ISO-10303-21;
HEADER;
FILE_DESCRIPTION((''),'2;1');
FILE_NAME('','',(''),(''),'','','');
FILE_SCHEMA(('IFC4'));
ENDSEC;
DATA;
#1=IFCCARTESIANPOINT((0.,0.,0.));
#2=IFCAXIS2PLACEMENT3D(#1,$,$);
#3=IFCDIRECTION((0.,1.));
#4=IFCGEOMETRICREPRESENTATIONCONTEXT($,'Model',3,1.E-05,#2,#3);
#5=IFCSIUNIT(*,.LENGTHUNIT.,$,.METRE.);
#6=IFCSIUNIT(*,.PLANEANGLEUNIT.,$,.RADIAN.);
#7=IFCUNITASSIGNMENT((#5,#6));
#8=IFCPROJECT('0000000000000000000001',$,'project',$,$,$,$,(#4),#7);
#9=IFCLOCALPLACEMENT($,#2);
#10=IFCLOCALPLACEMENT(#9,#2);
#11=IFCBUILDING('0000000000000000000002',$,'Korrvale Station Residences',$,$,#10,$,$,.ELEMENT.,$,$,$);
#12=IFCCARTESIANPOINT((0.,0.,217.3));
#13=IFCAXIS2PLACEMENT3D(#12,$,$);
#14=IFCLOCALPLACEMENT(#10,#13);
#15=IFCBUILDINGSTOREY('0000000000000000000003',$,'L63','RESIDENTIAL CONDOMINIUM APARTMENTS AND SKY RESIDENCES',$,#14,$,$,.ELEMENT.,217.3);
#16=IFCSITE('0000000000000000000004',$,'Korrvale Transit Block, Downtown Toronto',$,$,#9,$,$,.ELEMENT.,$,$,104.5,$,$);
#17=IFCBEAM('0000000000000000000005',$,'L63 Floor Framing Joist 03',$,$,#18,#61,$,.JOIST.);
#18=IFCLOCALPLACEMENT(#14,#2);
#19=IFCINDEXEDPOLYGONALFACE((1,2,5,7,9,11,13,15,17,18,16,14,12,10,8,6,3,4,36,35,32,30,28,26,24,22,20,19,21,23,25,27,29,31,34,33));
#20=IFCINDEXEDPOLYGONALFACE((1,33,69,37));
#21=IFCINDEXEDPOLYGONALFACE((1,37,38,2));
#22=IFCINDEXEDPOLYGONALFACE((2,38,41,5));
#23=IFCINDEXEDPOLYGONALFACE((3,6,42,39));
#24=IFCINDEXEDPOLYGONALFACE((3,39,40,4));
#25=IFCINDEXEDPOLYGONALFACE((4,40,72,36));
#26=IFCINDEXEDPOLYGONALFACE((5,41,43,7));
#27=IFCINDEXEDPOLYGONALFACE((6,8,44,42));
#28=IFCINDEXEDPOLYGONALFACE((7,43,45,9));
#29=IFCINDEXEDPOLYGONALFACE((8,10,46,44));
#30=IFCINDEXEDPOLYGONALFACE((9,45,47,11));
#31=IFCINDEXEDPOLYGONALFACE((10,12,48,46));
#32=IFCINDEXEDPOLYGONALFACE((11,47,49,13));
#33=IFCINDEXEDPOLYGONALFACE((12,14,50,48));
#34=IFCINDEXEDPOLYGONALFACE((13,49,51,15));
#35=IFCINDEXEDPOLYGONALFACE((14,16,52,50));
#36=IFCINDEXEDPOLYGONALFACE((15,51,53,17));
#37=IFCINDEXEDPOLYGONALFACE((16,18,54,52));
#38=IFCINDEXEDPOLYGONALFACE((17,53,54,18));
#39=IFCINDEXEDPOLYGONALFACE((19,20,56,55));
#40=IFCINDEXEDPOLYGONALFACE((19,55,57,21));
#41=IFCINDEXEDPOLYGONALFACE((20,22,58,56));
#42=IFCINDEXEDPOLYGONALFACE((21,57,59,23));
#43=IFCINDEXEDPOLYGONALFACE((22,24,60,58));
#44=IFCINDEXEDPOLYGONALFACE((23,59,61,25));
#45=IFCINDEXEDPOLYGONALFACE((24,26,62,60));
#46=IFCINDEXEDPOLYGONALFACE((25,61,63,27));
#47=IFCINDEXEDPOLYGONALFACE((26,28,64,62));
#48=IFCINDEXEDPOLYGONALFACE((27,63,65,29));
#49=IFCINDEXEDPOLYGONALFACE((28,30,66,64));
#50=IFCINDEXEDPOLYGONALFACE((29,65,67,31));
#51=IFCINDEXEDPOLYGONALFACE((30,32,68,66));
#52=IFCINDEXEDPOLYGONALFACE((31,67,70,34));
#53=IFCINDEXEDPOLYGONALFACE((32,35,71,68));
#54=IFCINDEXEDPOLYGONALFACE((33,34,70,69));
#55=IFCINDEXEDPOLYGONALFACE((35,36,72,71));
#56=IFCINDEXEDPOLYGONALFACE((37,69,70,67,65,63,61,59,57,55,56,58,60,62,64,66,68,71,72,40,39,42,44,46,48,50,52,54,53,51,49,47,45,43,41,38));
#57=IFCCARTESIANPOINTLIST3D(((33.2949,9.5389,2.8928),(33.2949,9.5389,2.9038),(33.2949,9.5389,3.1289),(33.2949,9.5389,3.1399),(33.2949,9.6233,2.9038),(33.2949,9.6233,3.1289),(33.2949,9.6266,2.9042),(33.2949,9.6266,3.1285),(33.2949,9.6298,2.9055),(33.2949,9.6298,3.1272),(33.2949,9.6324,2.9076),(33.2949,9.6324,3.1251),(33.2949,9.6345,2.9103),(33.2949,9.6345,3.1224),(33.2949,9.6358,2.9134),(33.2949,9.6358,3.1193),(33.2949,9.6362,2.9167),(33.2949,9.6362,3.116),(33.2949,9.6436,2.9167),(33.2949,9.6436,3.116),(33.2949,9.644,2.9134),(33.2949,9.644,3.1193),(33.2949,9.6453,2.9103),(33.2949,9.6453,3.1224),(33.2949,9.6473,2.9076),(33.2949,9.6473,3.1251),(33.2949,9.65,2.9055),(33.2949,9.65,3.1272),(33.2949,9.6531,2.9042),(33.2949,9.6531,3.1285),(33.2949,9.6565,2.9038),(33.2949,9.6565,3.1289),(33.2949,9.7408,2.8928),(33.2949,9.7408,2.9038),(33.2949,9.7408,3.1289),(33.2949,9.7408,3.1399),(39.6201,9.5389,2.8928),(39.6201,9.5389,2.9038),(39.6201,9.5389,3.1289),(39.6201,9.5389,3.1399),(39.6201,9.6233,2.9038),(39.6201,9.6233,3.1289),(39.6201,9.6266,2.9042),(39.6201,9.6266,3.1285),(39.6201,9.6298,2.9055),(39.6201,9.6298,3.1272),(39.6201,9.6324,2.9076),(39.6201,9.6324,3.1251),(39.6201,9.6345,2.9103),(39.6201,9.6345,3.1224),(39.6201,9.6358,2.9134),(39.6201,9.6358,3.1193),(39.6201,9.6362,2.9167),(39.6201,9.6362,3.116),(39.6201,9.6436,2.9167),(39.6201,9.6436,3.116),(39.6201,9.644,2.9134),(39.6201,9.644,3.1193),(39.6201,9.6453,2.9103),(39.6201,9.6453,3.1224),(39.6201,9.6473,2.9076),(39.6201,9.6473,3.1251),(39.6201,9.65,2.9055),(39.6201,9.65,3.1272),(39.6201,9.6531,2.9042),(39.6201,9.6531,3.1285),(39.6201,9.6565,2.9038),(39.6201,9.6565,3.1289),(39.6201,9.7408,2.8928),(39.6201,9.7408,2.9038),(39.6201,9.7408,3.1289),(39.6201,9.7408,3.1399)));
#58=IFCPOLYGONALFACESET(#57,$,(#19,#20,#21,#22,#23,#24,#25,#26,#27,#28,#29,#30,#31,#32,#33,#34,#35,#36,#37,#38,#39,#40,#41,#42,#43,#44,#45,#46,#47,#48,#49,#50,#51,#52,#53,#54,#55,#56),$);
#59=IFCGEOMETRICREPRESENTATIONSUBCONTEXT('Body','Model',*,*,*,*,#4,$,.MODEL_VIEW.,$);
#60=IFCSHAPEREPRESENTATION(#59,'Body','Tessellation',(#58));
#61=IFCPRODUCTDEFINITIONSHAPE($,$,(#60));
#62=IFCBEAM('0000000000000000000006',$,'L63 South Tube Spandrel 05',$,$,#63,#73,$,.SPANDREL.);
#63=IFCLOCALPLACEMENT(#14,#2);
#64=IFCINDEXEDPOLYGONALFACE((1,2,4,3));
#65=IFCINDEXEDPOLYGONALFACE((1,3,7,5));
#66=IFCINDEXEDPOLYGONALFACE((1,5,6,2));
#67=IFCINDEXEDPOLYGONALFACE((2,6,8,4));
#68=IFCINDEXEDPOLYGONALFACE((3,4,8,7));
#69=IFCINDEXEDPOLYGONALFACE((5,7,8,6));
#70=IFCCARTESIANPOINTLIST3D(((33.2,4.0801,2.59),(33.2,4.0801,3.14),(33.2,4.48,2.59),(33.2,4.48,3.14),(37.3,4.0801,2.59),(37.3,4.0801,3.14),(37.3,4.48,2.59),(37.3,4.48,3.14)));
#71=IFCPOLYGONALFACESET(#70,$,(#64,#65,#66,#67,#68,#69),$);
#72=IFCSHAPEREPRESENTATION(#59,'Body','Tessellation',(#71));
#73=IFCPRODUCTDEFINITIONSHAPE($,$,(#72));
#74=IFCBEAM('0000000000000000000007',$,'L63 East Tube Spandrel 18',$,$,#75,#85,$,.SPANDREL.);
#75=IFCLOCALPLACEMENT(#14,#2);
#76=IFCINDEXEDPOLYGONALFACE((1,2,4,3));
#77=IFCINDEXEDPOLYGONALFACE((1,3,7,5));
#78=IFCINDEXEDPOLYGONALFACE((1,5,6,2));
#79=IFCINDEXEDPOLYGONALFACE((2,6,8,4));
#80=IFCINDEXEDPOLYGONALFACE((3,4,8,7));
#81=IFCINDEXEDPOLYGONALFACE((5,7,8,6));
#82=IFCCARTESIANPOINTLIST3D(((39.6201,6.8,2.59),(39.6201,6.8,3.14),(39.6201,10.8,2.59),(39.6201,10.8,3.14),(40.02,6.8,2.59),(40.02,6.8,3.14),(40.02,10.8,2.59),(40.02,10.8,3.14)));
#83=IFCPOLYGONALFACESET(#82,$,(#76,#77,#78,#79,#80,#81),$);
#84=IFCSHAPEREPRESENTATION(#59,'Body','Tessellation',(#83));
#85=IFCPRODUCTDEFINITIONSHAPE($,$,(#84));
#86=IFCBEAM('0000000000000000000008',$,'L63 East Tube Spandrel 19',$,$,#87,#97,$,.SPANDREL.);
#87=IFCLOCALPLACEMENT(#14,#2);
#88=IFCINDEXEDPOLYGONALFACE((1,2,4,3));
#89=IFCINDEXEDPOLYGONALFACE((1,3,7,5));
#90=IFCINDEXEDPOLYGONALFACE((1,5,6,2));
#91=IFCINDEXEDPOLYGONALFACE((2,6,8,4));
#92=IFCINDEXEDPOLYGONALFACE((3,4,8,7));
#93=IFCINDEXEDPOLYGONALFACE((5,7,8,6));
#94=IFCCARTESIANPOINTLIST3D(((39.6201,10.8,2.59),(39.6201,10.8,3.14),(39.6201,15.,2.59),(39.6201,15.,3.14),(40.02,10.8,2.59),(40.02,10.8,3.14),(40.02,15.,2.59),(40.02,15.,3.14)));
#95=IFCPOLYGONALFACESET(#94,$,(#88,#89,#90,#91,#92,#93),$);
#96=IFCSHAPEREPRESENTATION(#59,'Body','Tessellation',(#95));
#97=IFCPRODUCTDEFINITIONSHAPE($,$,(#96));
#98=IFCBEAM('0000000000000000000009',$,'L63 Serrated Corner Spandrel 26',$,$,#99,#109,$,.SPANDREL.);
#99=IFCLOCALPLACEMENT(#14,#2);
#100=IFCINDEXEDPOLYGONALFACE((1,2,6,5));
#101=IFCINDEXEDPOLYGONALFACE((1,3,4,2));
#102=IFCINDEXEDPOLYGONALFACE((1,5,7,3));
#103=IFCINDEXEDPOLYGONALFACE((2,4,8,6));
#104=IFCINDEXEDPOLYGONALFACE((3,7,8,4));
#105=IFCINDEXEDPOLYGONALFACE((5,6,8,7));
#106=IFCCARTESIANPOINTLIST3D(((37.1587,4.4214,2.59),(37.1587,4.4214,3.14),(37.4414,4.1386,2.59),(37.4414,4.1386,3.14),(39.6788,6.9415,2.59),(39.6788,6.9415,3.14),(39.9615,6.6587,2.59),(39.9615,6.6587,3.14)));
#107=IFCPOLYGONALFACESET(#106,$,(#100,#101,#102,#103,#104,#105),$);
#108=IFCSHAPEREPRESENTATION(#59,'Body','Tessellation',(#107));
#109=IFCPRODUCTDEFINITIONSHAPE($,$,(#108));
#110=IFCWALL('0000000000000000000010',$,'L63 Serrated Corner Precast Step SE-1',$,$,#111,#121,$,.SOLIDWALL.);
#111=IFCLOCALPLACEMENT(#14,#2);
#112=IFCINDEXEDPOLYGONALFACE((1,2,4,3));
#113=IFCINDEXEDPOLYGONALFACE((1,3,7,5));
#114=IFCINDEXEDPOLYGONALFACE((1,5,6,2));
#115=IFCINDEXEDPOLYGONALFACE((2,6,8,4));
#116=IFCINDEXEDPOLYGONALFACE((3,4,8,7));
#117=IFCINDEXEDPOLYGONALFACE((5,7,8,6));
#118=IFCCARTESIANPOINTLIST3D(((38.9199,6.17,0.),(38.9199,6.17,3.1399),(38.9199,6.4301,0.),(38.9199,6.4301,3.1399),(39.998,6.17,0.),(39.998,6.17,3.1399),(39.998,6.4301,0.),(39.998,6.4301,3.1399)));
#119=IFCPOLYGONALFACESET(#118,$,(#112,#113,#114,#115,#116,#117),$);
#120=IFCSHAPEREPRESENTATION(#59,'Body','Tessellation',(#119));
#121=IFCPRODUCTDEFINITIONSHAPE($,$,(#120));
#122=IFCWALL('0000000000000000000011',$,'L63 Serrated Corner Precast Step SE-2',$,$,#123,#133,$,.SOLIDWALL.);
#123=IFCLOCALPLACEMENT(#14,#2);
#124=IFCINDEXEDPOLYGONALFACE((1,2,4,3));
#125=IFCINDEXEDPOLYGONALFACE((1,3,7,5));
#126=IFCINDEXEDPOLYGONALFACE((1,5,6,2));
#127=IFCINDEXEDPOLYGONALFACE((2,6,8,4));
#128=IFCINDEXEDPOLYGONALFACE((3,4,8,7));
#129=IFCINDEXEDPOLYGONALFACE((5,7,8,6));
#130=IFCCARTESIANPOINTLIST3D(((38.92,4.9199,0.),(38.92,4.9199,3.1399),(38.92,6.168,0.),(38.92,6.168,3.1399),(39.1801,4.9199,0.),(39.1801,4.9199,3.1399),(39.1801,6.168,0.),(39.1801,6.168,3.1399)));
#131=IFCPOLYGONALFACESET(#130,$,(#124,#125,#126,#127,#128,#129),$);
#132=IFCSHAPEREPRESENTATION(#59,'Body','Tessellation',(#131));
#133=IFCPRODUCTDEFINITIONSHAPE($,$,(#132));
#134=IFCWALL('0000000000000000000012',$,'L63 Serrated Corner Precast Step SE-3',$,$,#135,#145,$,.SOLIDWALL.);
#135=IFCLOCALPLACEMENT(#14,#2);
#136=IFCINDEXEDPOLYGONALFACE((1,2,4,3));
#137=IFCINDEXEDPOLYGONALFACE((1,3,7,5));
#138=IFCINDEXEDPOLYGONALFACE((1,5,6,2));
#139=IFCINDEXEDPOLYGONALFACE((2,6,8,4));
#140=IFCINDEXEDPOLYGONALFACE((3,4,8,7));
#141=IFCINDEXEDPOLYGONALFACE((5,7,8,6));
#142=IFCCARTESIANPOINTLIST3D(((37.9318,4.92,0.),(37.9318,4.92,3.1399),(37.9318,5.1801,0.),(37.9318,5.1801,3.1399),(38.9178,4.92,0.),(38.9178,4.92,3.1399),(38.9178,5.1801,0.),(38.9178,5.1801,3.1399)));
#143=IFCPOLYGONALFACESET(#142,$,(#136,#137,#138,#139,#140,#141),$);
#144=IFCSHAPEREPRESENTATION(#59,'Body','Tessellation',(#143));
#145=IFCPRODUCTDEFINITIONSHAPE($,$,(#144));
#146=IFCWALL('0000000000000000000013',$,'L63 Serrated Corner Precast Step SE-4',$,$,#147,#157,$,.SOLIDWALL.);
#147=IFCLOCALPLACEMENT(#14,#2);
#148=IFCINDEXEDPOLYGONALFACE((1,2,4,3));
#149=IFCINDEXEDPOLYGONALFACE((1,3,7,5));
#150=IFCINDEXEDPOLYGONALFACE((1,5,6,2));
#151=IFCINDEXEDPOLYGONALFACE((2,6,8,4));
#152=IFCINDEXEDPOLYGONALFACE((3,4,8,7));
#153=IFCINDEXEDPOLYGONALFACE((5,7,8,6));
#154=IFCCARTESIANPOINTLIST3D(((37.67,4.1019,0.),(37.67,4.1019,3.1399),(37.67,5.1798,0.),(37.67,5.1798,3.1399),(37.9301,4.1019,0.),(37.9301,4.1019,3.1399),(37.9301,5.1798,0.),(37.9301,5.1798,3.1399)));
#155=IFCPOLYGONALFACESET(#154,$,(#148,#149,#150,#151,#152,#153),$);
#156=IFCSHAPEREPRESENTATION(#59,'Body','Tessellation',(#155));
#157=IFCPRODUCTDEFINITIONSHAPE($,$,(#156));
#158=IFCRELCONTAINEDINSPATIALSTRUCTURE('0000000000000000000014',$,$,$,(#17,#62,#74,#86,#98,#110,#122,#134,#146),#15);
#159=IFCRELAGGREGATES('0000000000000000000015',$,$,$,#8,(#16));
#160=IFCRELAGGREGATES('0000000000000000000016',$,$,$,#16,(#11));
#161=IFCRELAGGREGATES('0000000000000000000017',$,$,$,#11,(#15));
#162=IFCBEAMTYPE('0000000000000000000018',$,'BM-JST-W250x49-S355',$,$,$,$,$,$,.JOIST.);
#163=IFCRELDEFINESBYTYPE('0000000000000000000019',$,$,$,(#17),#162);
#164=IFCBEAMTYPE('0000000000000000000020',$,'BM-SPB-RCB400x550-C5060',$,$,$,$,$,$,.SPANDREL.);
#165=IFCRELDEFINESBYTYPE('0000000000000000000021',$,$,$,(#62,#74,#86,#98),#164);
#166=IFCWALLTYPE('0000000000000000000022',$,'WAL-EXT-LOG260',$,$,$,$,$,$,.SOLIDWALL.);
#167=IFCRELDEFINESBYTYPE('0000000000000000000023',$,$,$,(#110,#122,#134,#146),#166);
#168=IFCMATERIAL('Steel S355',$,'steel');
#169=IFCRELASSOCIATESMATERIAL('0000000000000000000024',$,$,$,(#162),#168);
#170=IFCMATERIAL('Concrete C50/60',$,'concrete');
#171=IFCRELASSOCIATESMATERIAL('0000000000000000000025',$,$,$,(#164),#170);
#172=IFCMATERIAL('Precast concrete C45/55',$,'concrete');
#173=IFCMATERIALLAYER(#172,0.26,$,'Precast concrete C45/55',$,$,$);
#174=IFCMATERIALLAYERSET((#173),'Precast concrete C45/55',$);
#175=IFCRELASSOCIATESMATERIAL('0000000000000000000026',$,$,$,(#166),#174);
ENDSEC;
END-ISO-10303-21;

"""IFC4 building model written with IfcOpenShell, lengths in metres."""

from ifc_helpers import new_model, si_unit, direction, frame, frame_2d, origin, origin_2d, place, context, subcontext, project, spatial, rectangle, i_section, extrude, material, layer, layer_set, material_profile, profile_set, type_object, element, save


model = new_model("IFC4")

# Units and contexts
model_context = context("Model", 3, precision=1e-05, world=origin(), true_north=direction((0.0, 1.0)))
body_context = subcontext(model_context, "Body", "Model", "MODEL_VIEW")
ifc_project = project(units=[si_unit("LENGTHUNIT", "METRE"), si_unit("PLANEANGLEUNIT", "RADIAN")], contexts=[model_context])

# Site, building, storey
site_placement = place(None, origin())
site = spatial("IfcSite", under=ifc_project, at=site_placement, Name="Korrvale Transit Block, Downtown Toronto", CompositionType="ELEMENT", RefElevation=104.5)
building_placement = place(site_placement, origin())
building = spatial("IfcBuilding", under=site, at=building_placement, Name="Korrvale Station Residences", CompositionType="ELEMENT")
storey_placement = place(building_placement, frame((0.0, 0.0, 217.3)))
storey = spatial("IfcBuildingStorey", under=building, at=storey_placement, Name="L63", Description="RESIDENTIAL CONDOMINIUM APARTMENTS AND SKY RESIDENCES", CompositionType="ELEMENT", Elevation=217.3)

# Shared definitions
ifc_material_1 = material(Name="Concrete C50/60", Category="concrete")

# Beams
ifc_material_2 = material(Name="Steel S355", Category="steel")
ifc_material_profile_1 = material_profile(ifc_material_2, i_section(OverallWidth=0.2019, OverallDepth=0.2471, WebThickness=0.0073, FlangeThickness=0.011, FilletRadius=0.0129, at=origin_2d()), Name="W250x49")
ifc_profile_set_1 = profile_set([ifc_material_profile_1], Name="Steel S355")
beam_type_1 = type_object("IfcBeamType", Name="BM-JST-W250x49-S355", PredefinedType="JOIST", material=ifc_profile_set_1)
beam_1_placement = place(storey_placement, frame((33.2949, 9.6399, 3.0164), z_axis=(1.0, 0.0, 0.0), x_axis=(0.0, 1.0, 0.0)))
element("IfcBeam", 1, at=beam_1_placement, inside=storey, type_object=beam_type_1, Name="L63 Floor Framing Joist 03", PredefinedType="JOIST", context=body_context, shape_type="SweptSolid", body=[
    extrude(i_section(OverallWidth=0.2019, OverallDepth=0.2471, WebThickness=0.0073, FlangeThickness=0.011, FilletRadius=0.0129, at=origin_2d()), origin(), (0.0, 0.0, 1.0), 6.3252),
])
ifc_material_profile_2 = material_profile(ifc_material_1, rectangle(XDim=0.3999, YDim=0.55, at=origin_2d()), Name="RCB400x550")
ifc_profile_set_2 = profile_set([ifc_material_profile_2], Name="Concrete C50/60")
beam_type_2 = type_object("IfcBeamType", Name="BM-SPB-RCB400x550-C5060", PredefinedType="SPANDREL", material=ifc_profile_set_2)
beam_2_placement = place(storey_placement, frame((33.2, 4.28, 2.865), z_axis=(1.0, 0.0, 0.0), x_axis=(0.0, 1.0, 0.0)))
element("IfcBeam", 2, at=beam_2_placement, inside=storey, type_object=beam_type_2, Name="L63 South Tube Spandrel 05", PredefinedType="SPANDREL", context=body_context, shape_type="SweptSolid", body=[
    extrude(rectangle(XDim=0.3999, YDim=0.55, at=origin_2d()), origin(), (0.0, 0.0, 1.0), 4.1001),
])
beam_3_placement = place(storey_placement, frame((39.8201, 6.8, 2.865), z_axis=(0.0, 1.0, 0.0), x_axis=(-1.0, 0.0, 0.0)))
element("IfcBeam", 3, at=beam_3_placement, inside=storey, type_object=beam_type_2, Name="L63 East Tube Spandrel 18", PredefinedType="SPANDREL", context=body_context, shape_type="SweptSolid", body=[
    extrude(rectangle(XDim=0.3999, YDim=0.55, at=origin_2d()), origin(), (0.0, 0.0, 1.0), 4.0),
])
beam_4_placement = place(storey_placement, frame((39.8201, 10.8, 2.865), z_axis=(0.0, 1.0, 0.0), x_axis=(-1.0, 0.0, 0.0)))
element("IfcBeam", 4, at=beam_4_placement, inside=storey, type_object=beam_type_2, Name="L63 East Tube Spandrel 19", PredefinedType="SPANDREL", context=body_context, shape_type="SweptSolid", body=[
    extrude(rectangle(XDim=0.3999, YDim=0.55, at=origin_2d()), origin(), (0.0, 0.0, 1.0), 4.2),
])
beam_5_placement = place(storey_placement, frame((37.3, 4.28, 2.865), z_axis=(0.707107, 0.707107, 0.0), x_axis=(-0.707107, 0.707107, 0.0)))
element("IfcBeam", 5, at=beam_5_placement, inside=storey, type_object=beam_type_2, Name="L63 Serrated Corner Spandrel 26", PredefinedType="SPANDREL", context=body_context, shape_type="SweptSolid", body=[
    extrude(rectangle(XDim=0.3999, YDim=0.55, at=origin_2d()), origin(), (0.0, 0.0, 1.0), 3.564),
])

# Walls
ifc_material_3 = material(Name="Precast concrete C45/55", Category="concrete")
ifc_layer_1 = layer(ifc_material_3, 0.26, Name="Precast concrete C45/55")
ifc_layer_set_1 = layer_set([ifc_layer_1], Name="Precast concrete C45/55")
wall_type_1 = type_object("IfcWallType", Name="WAL-EXT-LOG260", PredefinedType="SOLIDWALL", material=ifc_layer_set_1)
wall_1_placement = place(storey_placement, frame((39.998, 6.3, 0.0), z_axis=(0.0, 0.0, 1.0), x_axis=(-1.0, 0.0, 0.0)))
element("IfcWall", 6, at=wall_1_placement, inside=storey, type_object=wall_type_1, Name="L63 Serrated Corner Precast Step SE-1", PredefinedType="SOLIDWALL", context=body_context, shape_type="SweptSolid", body=[
    extrude(rectangle(XDim=1.0781, YDim=0.26, at=frame_2d((0.5391, 0.0))), origin(), (0.0, 0.0, 1.0), 3.1399),
])
wall_2_placement = place(storey_placement, frame((39.05, 6.168, 0.0), z_axis=(0.0, 0.0, 1.0), x_axis=(0.0, -1.0, 0.0)))
element("IfcWall", 7, at=wall_2_placement, inside=storey, type_object=wall_type_1, Name="L63 Serrated Corner Precast Step SE-2", PredefinedType="SOLIDWALL", context=body_context, shape_type="SweptSolid", body=[
    extrude(rectangle(XDim=1.248, YDim=0.26, at=frame_2d((0.624, 0.0))), origin(), (0.0, 0.0, 1.0), 3.1399),
])
wall_3_placement = place(storey_placement, frame((38.918, 5.05, 0.0), z_axis=(0.0, 0.0, 1.0), x_axis=(-1.0, 0.0, 0.0)))
element("IfcWall", 8, at=wall_3_placement, inside=storey, type_object=wall_type_1, Name="L63 Serrated Corner Precast Step SE-3", PredefinedType="SOLIDWALL", context=body_context, shape_type="SweptSolid", body=[
    extrude(rectangle(XDim=0.9861, YDim=0.26, at=frame_2d((0.4932, 0.0))), origin(), (0.0, 0.0, 1.0), 3.1399),
])
wall_4_placement = place(storey_placement, frame((37.8, 5.1799, 0.0), z_axis=(0.0, 0.0, 1.0), x_axis=(0.0, -1.0, 0.0)))
element("IfcWall", 9, at=wall_4_placement, inside=storey, type_object=wall_type_1, Name="L63 Serrated Corner Precast Step SE-4", PredefinedType="SOLIDWALL", context=body_context, shape_type="SweptSolid", body=[
    extrude(rectangle(XDim=1.0779, YDim=0.26, at=frame_2d((0.5391, 0.0))), origin(), (0.0, 0.0, 1.0), 3.1399),
])

save(model, "model.ifc")
